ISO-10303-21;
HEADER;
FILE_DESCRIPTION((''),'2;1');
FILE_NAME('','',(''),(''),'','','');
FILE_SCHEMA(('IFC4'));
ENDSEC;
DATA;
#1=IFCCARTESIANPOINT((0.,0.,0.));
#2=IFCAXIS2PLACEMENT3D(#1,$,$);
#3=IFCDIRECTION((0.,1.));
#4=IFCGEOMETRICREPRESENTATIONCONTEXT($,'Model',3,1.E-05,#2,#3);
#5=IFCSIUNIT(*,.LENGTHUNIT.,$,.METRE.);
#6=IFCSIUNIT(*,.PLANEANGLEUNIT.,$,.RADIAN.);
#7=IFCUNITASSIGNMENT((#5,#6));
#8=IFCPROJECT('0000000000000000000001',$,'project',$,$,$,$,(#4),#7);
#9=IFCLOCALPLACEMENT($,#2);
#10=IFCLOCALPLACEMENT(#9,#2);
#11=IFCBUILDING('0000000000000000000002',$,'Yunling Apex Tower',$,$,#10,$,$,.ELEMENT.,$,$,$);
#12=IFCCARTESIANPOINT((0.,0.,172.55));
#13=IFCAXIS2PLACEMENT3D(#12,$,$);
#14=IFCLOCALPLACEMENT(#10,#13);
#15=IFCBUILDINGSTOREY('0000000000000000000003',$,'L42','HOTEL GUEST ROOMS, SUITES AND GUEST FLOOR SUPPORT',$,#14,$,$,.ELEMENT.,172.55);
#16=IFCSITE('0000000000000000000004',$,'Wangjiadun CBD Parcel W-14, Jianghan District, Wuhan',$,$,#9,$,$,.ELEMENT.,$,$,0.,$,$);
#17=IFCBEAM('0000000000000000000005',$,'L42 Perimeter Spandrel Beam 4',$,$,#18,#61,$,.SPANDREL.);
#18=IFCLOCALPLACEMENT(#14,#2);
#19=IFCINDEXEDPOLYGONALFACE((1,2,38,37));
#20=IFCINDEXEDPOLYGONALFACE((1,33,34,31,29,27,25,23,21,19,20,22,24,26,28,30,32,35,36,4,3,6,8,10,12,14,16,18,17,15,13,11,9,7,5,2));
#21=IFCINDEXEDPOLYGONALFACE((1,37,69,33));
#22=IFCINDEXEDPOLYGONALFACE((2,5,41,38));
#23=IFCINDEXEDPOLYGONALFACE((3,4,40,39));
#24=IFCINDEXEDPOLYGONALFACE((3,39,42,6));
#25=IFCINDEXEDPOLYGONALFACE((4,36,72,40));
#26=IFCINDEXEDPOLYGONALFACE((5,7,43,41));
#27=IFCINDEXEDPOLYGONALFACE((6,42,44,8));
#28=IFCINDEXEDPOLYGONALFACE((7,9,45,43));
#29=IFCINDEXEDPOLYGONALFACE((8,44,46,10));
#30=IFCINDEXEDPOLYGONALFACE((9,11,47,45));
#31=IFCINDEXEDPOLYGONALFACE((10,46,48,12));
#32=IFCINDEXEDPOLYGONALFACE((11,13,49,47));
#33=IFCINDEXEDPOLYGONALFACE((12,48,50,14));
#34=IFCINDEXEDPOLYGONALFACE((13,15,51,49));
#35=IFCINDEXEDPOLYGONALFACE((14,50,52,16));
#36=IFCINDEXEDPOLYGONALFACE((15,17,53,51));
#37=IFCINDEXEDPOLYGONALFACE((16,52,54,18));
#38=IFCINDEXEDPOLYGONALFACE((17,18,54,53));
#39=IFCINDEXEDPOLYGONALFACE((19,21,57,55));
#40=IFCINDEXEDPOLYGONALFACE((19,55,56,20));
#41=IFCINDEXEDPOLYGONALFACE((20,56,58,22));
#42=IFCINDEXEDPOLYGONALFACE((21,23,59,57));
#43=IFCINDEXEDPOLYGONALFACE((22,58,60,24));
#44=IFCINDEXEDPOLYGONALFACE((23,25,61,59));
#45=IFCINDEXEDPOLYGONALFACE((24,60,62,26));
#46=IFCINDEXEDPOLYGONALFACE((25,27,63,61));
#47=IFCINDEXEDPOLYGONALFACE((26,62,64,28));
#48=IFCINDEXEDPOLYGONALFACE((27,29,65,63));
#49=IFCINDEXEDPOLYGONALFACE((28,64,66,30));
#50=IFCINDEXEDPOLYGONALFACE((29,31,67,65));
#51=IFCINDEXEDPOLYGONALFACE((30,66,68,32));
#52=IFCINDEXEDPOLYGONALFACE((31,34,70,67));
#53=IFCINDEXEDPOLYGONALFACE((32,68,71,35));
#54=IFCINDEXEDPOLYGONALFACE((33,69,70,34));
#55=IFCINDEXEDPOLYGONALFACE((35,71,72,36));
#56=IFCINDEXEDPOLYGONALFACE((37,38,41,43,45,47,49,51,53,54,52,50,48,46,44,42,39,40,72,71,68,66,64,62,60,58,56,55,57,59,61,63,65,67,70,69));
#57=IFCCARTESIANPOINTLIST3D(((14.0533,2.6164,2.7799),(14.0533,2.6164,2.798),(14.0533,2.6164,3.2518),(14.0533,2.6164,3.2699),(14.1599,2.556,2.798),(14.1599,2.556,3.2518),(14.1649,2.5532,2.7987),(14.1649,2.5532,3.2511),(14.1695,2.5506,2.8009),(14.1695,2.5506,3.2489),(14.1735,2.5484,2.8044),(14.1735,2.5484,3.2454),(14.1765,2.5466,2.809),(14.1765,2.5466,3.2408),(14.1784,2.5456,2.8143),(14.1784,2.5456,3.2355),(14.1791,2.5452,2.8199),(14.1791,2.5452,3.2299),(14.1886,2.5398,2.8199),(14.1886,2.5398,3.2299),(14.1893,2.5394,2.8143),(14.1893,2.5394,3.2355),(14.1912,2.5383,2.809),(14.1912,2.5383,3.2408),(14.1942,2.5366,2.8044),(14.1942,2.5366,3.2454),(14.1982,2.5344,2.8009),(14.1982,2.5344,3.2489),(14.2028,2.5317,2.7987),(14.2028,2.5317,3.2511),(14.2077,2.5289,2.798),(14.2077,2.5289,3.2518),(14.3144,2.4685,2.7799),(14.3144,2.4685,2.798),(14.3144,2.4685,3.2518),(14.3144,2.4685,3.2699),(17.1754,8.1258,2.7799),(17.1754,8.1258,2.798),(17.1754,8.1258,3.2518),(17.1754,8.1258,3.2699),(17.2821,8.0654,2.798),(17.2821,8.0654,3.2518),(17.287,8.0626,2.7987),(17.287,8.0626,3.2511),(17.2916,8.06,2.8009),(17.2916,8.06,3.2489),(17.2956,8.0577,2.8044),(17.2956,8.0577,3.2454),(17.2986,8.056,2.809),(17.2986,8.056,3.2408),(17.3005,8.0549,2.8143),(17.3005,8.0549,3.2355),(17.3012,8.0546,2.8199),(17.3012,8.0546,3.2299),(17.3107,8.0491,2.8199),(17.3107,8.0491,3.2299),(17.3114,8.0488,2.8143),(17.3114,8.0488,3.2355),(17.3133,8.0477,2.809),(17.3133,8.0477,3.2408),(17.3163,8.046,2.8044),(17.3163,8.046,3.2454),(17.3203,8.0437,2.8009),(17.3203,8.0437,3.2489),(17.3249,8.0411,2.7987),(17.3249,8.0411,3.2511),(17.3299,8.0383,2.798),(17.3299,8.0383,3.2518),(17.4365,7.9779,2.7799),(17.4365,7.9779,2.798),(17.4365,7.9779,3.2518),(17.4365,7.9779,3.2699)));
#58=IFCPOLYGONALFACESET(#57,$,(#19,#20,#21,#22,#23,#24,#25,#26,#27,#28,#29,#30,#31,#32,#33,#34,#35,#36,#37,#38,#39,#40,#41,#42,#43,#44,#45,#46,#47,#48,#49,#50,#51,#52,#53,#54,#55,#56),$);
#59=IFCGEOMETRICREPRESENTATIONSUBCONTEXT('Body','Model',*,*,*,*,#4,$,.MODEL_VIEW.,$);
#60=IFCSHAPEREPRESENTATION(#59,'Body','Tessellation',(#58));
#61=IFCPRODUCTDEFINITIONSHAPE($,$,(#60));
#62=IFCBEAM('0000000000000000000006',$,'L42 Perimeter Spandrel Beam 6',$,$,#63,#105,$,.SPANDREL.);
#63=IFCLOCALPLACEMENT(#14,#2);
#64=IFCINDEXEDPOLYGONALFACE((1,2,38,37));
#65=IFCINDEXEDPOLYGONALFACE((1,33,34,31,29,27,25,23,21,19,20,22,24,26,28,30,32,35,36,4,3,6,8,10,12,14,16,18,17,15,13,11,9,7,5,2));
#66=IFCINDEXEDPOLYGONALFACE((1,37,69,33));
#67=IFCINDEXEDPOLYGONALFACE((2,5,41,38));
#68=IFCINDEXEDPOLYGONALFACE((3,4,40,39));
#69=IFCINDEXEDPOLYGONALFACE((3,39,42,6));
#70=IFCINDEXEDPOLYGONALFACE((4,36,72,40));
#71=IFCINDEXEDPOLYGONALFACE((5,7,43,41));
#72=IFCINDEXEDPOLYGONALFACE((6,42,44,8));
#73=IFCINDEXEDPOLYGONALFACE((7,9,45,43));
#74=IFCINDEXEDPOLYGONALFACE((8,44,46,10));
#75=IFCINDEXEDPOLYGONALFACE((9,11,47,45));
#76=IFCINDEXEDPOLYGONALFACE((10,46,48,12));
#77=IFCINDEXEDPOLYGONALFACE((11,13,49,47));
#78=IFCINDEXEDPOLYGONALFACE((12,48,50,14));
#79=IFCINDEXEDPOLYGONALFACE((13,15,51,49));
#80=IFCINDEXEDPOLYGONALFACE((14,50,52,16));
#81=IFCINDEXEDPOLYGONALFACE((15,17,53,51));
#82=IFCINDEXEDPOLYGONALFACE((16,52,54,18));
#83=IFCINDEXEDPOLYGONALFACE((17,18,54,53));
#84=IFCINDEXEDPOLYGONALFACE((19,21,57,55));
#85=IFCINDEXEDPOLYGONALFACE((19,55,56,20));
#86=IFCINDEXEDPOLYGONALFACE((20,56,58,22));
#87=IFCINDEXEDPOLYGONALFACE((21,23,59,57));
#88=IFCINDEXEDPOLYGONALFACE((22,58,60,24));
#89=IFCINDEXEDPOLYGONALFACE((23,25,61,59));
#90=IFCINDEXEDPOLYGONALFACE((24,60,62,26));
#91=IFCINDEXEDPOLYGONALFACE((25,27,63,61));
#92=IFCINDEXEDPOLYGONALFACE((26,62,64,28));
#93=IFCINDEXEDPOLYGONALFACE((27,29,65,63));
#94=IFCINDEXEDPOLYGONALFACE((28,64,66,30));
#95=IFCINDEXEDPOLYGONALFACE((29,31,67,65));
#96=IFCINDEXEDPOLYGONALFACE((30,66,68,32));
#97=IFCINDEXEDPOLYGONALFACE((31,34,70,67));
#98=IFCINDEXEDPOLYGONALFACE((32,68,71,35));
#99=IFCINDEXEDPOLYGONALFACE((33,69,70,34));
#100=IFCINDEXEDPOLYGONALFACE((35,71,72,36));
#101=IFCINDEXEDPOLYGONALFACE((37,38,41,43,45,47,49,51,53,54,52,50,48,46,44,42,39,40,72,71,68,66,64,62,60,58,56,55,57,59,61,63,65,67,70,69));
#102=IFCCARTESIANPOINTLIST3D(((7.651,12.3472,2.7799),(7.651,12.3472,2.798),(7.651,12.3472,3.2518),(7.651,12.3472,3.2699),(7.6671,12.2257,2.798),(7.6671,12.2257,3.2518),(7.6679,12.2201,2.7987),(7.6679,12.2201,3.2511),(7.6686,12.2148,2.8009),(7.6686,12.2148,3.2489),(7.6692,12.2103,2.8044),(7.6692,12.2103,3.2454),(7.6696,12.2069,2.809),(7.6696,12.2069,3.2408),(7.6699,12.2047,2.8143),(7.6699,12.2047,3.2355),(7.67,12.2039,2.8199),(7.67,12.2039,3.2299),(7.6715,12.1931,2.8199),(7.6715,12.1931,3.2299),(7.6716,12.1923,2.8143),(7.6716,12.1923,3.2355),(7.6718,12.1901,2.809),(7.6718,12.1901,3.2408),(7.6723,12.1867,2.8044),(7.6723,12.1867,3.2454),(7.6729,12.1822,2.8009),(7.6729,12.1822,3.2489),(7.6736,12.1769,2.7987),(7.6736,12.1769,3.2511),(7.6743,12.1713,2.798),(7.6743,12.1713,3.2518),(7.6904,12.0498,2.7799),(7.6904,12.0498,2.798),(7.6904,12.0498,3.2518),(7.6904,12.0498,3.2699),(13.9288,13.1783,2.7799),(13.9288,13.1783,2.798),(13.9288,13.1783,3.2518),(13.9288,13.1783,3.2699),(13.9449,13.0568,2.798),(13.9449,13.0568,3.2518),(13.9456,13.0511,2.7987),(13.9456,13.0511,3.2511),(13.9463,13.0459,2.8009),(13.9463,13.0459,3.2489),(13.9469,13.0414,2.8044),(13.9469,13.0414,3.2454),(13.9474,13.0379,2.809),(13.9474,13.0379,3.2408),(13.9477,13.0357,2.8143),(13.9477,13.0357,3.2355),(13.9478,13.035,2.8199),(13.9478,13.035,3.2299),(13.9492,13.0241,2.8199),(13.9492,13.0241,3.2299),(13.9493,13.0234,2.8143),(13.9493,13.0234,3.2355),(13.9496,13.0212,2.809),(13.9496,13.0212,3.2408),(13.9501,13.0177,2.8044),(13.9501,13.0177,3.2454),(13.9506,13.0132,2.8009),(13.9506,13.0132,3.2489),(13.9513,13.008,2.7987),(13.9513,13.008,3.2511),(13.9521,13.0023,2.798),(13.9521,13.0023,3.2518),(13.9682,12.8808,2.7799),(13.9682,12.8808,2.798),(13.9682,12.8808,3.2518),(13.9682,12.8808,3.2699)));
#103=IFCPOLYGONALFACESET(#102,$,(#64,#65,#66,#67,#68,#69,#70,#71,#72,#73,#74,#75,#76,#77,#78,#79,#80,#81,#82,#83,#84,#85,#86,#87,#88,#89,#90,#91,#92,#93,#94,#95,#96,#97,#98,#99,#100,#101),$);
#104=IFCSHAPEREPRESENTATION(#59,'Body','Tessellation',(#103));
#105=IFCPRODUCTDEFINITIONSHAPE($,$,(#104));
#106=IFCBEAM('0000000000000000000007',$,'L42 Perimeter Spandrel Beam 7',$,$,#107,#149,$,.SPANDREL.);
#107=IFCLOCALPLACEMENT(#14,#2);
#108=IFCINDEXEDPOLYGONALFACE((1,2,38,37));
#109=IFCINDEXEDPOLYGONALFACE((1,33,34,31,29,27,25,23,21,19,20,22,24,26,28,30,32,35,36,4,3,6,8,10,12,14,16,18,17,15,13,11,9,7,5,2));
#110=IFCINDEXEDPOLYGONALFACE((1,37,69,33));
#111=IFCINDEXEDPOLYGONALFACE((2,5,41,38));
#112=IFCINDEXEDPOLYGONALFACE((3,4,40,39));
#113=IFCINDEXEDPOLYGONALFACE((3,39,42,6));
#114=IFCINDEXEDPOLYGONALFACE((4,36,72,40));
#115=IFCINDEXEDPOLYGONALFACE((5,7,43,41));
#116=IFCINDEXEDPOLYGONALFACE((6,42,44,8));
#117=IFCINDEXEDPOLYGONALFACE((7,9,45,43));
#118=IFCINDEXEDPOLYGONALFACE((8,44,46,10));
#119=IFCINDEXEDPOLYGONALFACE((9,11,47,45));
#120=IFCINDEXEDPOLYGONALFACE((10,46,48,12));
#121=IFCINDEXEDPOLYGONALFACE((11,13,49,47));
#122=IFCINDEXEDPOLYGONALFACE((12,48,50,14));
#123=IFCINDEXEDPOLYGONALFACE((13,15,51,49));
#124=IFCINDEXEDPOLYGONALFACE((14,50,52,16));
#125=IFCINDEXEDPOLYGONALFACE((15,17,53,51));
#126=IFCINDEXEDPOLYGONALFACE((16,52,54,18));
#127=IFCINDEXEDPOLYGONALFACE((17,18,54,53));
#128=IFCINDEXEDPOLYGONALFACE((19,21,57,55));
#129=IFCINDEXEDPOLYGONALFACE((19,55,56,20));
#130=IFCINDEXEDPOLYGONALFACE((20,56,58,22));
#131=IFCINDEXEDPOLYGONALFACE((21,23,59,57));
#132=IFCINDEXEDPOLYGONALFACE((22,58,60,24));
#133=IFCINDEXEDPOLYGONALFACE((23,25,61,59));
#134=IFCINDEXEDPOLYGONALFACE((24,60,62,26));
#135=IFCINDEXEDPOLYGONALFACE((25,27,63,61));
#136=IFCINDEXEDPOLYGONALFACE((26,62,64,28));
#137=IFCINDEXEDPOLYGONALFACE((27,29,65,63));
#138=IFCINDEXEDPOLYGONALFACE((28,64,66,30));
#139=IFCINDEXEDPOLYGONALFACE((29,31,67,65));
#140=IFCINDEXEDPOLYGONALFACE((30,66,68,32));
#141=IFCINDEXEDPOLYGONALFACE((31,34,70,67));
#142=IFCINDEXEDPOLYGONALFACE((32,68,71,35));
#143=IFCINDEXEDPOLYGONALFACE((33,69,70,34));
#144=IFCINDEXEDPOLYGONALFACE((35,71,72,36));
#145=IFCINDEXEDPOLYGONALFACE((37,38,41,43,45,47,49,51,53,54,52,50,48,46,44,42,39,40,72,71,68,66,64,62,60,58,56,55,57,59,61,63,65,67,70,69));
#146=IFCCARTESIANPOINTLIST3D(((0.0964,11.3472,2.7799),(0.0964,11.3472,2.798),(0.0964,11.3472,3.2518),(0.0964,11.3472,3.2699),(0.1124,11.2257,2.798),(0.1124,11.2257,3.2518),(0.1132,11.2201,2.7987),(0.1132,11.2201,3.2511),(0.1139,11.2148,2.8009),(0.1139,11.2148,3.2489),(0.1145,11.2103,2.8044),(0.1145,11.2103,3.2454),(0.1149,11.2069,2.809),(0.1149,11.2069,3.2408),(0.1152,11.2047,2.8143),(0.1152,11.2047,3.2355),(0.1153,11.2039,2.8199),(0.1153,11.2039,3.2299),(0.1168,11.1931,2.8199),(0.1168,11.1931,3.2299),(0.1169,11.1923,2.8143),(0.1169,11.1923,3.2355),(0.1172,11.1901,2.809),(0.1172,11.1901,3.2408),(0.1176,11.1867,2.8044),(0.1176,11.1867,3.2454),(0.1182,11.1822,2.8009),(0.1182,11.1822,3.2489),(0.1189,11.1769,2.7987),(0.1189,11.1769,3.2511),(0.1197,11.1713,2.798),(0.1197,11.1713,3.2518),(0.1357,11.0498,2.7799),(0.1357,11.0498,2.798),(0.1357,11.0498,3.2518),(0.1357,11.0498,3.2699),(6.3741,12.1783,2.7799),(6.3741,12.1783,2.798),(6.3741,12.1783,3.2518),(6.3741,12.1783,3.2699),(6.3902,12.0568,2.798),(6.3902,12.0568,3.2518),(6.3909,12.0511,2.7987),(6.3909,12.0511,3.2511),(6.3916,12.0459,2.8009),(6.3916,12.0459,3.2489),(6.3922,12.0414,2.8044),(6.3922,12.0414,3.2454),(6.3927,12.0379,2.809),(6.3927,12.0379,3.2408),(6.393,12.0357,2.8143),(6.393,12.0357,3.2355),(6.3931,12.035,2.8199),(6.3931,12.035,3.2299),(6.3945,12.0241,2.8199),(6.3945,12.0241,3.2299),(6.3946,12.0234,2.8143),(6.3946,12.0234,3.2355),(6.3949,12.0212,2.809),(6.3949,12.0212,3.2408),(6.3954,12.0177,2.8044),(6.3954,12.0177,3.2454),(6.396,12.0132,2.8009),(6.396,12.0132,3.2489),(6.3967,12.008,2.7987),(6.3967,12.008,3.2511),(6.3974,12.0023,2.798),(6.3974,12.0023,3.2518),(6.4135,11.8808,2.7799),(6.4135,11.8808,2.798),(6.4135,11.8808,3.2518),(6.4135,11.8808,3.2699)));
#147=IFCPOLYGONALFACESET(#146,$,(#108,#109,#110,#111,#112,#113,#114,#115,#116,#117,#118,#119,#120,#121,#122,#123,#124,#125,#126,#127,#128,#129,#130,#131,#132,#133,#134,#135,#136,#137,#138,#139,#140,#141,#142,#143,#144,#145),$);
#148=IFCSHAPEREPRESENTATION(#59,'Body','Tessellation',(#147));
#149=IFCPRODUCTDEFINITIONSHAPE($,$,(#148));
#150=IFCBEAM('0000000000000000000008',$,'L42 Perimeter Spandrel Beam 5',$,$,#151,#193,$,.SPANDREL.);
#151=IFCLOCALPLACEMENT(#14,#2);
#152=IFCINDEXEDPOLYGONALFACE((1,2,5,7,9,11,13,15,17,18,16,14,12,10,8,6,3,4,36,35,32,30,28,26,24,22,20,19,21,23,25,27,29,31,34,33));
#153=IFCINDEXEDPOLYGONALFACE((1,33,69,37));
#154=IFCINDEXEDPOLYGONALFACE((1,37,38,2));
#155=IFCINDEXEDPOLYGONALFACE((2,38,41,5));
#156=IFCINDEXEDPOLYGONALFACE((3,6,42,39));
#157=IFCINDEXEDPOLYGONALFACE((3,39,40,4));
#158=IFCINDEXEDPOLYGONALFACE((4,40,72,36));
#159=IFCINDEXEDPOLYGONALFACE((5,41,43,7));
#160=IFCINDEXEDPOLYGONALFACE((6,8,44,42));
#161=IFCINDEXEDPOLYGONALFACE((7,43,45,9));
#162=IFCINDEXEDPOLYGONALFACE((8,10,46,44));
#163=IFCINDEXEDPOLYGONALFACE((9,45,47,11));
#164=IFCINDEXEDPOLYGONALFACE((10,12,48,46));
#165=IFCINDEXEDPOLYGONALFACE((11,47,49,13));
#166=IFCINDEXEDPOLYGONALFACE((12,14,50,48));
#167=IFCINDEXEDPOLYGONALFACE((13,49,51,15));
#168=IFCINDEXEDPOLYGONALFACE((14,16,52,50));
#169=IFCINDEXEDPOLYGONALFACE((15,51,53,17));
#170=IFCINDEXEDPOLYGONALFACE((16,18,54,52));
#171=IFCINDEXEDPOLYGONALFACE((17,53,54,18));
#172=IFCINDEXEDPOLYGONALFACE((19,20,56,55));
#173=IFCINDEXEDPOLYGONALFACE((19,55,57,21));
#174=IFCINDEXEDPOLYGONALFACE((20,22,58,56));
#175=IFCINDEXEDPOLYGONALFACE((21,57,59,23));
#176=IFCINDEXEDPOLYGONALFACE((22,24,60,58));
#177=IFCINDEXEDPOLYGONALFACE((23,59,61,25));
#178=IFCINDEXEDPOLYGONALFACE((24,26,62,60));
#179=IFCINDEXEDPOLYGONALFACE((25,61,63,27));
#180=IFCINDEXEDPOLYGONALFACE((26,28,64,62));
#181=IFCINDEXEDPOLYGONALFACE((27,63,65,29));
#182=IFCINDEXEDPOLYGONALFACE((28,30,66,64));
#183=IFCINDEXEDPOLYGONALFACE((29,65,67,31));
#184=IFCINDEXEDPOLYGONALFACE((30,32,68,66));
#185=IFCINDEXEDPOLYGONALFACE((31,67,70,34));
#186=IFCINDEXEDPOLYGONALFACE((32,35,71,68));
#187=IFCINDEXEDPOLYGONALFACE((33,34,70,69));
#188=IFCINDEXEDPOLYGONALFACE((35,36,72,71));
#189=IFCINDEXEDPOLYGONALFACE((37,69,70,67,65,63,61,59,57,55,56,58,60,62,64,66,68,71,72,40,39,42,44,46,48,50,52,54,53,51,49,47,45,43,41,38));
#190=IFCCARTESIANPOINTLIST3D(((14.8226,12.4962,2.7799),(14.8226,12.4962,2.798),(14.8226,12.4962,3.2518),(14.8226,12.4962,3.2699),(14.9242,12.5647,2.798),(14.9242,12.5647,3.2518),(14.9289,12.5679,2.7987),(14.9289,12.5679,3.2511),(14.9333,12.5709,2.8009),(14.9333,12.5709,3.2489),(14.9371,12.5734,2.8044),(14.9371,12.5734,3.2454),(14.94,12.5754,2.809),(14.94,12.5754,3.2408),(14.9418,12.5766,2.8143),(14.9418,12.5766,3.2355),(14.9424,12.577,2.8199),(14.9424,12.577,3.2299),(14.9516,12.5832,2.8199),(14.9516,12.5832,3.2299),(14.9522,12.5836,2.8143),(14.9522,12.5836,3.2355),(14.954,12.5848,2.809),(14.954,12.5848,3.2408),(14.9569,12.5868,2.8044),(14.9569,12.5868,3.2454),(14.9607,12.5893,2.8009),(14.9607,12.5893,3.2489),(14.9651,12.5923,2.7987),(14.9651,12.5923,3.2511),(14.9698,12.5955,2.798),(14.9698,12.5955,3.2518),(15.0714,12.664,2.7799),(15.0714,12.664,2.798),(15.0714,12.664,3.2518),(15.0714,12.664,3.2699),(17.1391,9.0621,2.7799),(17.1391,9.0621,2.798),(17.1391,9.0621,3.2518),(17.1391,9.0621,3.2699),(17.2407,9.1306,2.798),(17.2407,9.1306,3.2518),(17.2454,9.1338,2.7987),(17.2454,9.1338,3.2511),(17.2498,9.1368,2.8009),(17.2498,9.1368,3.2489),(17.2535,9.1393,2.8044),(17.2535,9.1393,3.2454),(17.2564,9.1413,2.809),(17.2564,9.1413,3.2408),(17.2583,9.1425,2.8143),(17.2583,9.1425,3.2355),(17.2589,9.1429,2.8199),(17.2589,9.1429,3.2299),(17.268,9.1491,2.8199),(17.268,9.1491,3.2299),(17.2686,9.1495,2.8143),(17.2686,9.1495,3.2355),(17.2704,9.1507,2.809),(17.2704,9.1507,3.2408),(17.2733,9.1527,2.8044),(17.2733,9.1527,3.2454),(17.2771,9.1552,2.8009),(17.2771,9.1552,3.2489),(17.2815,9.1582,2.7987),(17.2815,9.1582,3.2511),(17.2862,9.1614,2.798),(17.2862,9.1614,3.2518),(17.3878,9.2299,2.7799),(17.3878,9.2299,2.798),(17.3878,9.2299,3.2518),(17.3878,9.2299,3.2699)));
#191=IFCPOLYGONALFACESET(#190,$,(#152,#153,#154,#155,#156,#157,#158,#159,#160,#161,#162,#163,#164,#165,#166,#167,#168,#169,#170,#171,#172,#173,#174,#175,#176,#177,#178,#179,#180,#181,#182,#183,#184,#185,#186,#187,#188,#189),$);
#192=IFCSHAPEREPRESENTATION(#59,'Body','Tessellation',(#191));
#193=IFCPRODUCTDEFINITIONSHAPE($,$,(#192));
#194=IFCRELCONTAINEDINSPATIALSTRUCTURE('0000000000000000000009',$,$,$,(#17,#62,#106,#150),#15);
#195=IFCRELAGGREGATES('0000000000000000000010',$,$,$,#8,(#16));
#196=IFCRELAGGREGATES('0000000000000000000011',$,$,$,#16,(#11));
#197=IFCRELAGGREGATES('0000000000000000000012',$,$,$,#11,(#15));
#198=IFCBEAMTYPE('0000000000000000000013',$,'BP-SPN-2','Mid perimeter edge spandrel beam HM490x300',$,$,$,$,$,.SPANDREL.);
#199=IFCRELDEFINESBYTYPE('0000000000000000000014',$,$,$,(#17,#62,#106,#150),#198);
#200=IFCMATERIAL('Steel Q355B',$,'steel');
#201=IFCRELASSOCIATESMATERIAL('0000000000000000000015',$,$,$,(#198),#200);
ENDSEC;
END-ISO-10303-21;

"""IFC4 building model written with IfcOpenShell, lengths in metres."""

from ifc_helpers import new_model, si_unit, direction, frame, origin, origin_2d, place, context, subcontext, project, spatial, i_section, extrude, source, transform, mapped, material, material_profile, profile_set, type_object, element, save


model = new_model("IFC4")

# Units and contexts
model_context = context("Model", 3, precision=1e-05, world=origin(), true_north=direction((0.0, 1.0)))
body_context = subcontext(model_context, "Body", "Model", "MODEL_VIEW")
ifc_project = project(units=[si_unit("LENGTHUNIT", "METRE"), si_unit("PLANEANGLEUNIT", "RADIAN")], contexts=[model_context])

# Site, building, storey
site_placement = place(None, origin())
site = spatial("IfcSite", under=ifc_project, at=site_placement, Name="Wangjiadun CBD Parcel W-14, Jianghan District, Wuhan", CompositionType="ELEMENT", RefElevation=0.0)
building_placement = place(site_placement, origin())
building = spatial("IfcBuilding", under=site, at=building_placement, Name="Yunling Apex Tower", CompositionType="ELEMENT")
storey_placement = place(building_placement, frame((0.0, 0.0, 172.55)))
storey = spatial("IfcBuildingStorey", under=building, at=storey_placement, Name="L42", Description="HOTEL GUEST ROOMS, SUITES AND GUEST FLOOR SUPPORT", CompositionType="ELEMENT", Elevation=172.55)

# Beams
ifc_material_1 = material(Name="Steel Q355B", Category="steel")
ifc_material_profile_1 = material_profile(ifc_material_1, i_section(OverallWidth=0.3, OverallDepth=0.49, WebThickness=0.011, FlangeThickness=0.0181, FilletRadius=0.022, at=origin_2d()))
ifc_profile_set_1 = profile_set([ifc_material_profile_1], Name="Steel Q355B")
beam_type_1 = type_object("IfcBeamType", Name="BP-SPN-2", Description="Mid perimeter edge spandrel beam HM490x300", PredefinedType="SPANDREL", material=ifc_profile_set_1)
shared_shape_1 = source(origin(), body_context, "Body", "SweptSolid", [
    extrude(i_section(OverallWidth=0.3, OverallDepth=0.49, WebThickness=0.011, FlangeThickness=0.0181, FilletRadius=0.022, at=origin_2d()), origin(), (0.0, 0.0, 1.0), 6.3325),
])
for number, where, z_axis, x_axis, name in (
    (1, (14.1838, 2.5425, 3.0249), (0.49303, 0.870012, 0.0), (-0.870012, 0.49303, 0.0), "L42 Perimeter Spandrel Beam 4"),
    (2, (13.9485, 13.0295, 3.0249), (-0.991351, -0.131234, 0.0), (0.131234, -0.991351, 0.0), "L42 Perimeter Spandrel Beam 6"),
    (3, (6.3938, 12.0295, 3.0249), (-0.991351, -0.131234, 0.0), (0.131234, -0.991351, 0.0), "L42 Perimeter Spandrel Beam 7"),
):
    element("IfcBeam", number, at=place(storey_placement, frame(where, z_axis=z_axis, x_axis=x_axis)), inside=storey, type_object=beam_type_1, Name=name, PredefinedType="SPANDREL", context=body_context, shape_type="MappedRepresentation", body=[
        mapped(shared_shape_1, transform((0.0, 0.0, 0.0), scale=1.0)),
    ])
shared_shape_2 = source(origin(), body_context, "Body", "SweptSolid", [
    extrude(i_section(OverallWidth=0.3, OverallDepth=0.49, WebThickness=0.011, FlangeThickness=0.0181, FilletRadius=0.022, at=origin_2d()), origin(), (0.0, 0.0, 1.0), 4.1423),
])
beam_1_placement = place(storey_placement, frame((17.2634, 9.146, 3.0249), z_axis=(-0.559208, 0.829028, 0.0), x_axis=(-0.829028, -0.559208, 0.0)))
element("IfcBeam", 4, at=beam_1_placement, inside=storey, type_object=beam_type_1, Name="L42 Perimeter Spandrel Beam 5", PredefinedType="SPANDREL", context=body_context, shape_type="MappedRepresentation", body=[
    mapped(shared_shape_2, transform((0.0, 0.0, 0.0), scale=1.0)),
])

save(model, "model.ifc")
